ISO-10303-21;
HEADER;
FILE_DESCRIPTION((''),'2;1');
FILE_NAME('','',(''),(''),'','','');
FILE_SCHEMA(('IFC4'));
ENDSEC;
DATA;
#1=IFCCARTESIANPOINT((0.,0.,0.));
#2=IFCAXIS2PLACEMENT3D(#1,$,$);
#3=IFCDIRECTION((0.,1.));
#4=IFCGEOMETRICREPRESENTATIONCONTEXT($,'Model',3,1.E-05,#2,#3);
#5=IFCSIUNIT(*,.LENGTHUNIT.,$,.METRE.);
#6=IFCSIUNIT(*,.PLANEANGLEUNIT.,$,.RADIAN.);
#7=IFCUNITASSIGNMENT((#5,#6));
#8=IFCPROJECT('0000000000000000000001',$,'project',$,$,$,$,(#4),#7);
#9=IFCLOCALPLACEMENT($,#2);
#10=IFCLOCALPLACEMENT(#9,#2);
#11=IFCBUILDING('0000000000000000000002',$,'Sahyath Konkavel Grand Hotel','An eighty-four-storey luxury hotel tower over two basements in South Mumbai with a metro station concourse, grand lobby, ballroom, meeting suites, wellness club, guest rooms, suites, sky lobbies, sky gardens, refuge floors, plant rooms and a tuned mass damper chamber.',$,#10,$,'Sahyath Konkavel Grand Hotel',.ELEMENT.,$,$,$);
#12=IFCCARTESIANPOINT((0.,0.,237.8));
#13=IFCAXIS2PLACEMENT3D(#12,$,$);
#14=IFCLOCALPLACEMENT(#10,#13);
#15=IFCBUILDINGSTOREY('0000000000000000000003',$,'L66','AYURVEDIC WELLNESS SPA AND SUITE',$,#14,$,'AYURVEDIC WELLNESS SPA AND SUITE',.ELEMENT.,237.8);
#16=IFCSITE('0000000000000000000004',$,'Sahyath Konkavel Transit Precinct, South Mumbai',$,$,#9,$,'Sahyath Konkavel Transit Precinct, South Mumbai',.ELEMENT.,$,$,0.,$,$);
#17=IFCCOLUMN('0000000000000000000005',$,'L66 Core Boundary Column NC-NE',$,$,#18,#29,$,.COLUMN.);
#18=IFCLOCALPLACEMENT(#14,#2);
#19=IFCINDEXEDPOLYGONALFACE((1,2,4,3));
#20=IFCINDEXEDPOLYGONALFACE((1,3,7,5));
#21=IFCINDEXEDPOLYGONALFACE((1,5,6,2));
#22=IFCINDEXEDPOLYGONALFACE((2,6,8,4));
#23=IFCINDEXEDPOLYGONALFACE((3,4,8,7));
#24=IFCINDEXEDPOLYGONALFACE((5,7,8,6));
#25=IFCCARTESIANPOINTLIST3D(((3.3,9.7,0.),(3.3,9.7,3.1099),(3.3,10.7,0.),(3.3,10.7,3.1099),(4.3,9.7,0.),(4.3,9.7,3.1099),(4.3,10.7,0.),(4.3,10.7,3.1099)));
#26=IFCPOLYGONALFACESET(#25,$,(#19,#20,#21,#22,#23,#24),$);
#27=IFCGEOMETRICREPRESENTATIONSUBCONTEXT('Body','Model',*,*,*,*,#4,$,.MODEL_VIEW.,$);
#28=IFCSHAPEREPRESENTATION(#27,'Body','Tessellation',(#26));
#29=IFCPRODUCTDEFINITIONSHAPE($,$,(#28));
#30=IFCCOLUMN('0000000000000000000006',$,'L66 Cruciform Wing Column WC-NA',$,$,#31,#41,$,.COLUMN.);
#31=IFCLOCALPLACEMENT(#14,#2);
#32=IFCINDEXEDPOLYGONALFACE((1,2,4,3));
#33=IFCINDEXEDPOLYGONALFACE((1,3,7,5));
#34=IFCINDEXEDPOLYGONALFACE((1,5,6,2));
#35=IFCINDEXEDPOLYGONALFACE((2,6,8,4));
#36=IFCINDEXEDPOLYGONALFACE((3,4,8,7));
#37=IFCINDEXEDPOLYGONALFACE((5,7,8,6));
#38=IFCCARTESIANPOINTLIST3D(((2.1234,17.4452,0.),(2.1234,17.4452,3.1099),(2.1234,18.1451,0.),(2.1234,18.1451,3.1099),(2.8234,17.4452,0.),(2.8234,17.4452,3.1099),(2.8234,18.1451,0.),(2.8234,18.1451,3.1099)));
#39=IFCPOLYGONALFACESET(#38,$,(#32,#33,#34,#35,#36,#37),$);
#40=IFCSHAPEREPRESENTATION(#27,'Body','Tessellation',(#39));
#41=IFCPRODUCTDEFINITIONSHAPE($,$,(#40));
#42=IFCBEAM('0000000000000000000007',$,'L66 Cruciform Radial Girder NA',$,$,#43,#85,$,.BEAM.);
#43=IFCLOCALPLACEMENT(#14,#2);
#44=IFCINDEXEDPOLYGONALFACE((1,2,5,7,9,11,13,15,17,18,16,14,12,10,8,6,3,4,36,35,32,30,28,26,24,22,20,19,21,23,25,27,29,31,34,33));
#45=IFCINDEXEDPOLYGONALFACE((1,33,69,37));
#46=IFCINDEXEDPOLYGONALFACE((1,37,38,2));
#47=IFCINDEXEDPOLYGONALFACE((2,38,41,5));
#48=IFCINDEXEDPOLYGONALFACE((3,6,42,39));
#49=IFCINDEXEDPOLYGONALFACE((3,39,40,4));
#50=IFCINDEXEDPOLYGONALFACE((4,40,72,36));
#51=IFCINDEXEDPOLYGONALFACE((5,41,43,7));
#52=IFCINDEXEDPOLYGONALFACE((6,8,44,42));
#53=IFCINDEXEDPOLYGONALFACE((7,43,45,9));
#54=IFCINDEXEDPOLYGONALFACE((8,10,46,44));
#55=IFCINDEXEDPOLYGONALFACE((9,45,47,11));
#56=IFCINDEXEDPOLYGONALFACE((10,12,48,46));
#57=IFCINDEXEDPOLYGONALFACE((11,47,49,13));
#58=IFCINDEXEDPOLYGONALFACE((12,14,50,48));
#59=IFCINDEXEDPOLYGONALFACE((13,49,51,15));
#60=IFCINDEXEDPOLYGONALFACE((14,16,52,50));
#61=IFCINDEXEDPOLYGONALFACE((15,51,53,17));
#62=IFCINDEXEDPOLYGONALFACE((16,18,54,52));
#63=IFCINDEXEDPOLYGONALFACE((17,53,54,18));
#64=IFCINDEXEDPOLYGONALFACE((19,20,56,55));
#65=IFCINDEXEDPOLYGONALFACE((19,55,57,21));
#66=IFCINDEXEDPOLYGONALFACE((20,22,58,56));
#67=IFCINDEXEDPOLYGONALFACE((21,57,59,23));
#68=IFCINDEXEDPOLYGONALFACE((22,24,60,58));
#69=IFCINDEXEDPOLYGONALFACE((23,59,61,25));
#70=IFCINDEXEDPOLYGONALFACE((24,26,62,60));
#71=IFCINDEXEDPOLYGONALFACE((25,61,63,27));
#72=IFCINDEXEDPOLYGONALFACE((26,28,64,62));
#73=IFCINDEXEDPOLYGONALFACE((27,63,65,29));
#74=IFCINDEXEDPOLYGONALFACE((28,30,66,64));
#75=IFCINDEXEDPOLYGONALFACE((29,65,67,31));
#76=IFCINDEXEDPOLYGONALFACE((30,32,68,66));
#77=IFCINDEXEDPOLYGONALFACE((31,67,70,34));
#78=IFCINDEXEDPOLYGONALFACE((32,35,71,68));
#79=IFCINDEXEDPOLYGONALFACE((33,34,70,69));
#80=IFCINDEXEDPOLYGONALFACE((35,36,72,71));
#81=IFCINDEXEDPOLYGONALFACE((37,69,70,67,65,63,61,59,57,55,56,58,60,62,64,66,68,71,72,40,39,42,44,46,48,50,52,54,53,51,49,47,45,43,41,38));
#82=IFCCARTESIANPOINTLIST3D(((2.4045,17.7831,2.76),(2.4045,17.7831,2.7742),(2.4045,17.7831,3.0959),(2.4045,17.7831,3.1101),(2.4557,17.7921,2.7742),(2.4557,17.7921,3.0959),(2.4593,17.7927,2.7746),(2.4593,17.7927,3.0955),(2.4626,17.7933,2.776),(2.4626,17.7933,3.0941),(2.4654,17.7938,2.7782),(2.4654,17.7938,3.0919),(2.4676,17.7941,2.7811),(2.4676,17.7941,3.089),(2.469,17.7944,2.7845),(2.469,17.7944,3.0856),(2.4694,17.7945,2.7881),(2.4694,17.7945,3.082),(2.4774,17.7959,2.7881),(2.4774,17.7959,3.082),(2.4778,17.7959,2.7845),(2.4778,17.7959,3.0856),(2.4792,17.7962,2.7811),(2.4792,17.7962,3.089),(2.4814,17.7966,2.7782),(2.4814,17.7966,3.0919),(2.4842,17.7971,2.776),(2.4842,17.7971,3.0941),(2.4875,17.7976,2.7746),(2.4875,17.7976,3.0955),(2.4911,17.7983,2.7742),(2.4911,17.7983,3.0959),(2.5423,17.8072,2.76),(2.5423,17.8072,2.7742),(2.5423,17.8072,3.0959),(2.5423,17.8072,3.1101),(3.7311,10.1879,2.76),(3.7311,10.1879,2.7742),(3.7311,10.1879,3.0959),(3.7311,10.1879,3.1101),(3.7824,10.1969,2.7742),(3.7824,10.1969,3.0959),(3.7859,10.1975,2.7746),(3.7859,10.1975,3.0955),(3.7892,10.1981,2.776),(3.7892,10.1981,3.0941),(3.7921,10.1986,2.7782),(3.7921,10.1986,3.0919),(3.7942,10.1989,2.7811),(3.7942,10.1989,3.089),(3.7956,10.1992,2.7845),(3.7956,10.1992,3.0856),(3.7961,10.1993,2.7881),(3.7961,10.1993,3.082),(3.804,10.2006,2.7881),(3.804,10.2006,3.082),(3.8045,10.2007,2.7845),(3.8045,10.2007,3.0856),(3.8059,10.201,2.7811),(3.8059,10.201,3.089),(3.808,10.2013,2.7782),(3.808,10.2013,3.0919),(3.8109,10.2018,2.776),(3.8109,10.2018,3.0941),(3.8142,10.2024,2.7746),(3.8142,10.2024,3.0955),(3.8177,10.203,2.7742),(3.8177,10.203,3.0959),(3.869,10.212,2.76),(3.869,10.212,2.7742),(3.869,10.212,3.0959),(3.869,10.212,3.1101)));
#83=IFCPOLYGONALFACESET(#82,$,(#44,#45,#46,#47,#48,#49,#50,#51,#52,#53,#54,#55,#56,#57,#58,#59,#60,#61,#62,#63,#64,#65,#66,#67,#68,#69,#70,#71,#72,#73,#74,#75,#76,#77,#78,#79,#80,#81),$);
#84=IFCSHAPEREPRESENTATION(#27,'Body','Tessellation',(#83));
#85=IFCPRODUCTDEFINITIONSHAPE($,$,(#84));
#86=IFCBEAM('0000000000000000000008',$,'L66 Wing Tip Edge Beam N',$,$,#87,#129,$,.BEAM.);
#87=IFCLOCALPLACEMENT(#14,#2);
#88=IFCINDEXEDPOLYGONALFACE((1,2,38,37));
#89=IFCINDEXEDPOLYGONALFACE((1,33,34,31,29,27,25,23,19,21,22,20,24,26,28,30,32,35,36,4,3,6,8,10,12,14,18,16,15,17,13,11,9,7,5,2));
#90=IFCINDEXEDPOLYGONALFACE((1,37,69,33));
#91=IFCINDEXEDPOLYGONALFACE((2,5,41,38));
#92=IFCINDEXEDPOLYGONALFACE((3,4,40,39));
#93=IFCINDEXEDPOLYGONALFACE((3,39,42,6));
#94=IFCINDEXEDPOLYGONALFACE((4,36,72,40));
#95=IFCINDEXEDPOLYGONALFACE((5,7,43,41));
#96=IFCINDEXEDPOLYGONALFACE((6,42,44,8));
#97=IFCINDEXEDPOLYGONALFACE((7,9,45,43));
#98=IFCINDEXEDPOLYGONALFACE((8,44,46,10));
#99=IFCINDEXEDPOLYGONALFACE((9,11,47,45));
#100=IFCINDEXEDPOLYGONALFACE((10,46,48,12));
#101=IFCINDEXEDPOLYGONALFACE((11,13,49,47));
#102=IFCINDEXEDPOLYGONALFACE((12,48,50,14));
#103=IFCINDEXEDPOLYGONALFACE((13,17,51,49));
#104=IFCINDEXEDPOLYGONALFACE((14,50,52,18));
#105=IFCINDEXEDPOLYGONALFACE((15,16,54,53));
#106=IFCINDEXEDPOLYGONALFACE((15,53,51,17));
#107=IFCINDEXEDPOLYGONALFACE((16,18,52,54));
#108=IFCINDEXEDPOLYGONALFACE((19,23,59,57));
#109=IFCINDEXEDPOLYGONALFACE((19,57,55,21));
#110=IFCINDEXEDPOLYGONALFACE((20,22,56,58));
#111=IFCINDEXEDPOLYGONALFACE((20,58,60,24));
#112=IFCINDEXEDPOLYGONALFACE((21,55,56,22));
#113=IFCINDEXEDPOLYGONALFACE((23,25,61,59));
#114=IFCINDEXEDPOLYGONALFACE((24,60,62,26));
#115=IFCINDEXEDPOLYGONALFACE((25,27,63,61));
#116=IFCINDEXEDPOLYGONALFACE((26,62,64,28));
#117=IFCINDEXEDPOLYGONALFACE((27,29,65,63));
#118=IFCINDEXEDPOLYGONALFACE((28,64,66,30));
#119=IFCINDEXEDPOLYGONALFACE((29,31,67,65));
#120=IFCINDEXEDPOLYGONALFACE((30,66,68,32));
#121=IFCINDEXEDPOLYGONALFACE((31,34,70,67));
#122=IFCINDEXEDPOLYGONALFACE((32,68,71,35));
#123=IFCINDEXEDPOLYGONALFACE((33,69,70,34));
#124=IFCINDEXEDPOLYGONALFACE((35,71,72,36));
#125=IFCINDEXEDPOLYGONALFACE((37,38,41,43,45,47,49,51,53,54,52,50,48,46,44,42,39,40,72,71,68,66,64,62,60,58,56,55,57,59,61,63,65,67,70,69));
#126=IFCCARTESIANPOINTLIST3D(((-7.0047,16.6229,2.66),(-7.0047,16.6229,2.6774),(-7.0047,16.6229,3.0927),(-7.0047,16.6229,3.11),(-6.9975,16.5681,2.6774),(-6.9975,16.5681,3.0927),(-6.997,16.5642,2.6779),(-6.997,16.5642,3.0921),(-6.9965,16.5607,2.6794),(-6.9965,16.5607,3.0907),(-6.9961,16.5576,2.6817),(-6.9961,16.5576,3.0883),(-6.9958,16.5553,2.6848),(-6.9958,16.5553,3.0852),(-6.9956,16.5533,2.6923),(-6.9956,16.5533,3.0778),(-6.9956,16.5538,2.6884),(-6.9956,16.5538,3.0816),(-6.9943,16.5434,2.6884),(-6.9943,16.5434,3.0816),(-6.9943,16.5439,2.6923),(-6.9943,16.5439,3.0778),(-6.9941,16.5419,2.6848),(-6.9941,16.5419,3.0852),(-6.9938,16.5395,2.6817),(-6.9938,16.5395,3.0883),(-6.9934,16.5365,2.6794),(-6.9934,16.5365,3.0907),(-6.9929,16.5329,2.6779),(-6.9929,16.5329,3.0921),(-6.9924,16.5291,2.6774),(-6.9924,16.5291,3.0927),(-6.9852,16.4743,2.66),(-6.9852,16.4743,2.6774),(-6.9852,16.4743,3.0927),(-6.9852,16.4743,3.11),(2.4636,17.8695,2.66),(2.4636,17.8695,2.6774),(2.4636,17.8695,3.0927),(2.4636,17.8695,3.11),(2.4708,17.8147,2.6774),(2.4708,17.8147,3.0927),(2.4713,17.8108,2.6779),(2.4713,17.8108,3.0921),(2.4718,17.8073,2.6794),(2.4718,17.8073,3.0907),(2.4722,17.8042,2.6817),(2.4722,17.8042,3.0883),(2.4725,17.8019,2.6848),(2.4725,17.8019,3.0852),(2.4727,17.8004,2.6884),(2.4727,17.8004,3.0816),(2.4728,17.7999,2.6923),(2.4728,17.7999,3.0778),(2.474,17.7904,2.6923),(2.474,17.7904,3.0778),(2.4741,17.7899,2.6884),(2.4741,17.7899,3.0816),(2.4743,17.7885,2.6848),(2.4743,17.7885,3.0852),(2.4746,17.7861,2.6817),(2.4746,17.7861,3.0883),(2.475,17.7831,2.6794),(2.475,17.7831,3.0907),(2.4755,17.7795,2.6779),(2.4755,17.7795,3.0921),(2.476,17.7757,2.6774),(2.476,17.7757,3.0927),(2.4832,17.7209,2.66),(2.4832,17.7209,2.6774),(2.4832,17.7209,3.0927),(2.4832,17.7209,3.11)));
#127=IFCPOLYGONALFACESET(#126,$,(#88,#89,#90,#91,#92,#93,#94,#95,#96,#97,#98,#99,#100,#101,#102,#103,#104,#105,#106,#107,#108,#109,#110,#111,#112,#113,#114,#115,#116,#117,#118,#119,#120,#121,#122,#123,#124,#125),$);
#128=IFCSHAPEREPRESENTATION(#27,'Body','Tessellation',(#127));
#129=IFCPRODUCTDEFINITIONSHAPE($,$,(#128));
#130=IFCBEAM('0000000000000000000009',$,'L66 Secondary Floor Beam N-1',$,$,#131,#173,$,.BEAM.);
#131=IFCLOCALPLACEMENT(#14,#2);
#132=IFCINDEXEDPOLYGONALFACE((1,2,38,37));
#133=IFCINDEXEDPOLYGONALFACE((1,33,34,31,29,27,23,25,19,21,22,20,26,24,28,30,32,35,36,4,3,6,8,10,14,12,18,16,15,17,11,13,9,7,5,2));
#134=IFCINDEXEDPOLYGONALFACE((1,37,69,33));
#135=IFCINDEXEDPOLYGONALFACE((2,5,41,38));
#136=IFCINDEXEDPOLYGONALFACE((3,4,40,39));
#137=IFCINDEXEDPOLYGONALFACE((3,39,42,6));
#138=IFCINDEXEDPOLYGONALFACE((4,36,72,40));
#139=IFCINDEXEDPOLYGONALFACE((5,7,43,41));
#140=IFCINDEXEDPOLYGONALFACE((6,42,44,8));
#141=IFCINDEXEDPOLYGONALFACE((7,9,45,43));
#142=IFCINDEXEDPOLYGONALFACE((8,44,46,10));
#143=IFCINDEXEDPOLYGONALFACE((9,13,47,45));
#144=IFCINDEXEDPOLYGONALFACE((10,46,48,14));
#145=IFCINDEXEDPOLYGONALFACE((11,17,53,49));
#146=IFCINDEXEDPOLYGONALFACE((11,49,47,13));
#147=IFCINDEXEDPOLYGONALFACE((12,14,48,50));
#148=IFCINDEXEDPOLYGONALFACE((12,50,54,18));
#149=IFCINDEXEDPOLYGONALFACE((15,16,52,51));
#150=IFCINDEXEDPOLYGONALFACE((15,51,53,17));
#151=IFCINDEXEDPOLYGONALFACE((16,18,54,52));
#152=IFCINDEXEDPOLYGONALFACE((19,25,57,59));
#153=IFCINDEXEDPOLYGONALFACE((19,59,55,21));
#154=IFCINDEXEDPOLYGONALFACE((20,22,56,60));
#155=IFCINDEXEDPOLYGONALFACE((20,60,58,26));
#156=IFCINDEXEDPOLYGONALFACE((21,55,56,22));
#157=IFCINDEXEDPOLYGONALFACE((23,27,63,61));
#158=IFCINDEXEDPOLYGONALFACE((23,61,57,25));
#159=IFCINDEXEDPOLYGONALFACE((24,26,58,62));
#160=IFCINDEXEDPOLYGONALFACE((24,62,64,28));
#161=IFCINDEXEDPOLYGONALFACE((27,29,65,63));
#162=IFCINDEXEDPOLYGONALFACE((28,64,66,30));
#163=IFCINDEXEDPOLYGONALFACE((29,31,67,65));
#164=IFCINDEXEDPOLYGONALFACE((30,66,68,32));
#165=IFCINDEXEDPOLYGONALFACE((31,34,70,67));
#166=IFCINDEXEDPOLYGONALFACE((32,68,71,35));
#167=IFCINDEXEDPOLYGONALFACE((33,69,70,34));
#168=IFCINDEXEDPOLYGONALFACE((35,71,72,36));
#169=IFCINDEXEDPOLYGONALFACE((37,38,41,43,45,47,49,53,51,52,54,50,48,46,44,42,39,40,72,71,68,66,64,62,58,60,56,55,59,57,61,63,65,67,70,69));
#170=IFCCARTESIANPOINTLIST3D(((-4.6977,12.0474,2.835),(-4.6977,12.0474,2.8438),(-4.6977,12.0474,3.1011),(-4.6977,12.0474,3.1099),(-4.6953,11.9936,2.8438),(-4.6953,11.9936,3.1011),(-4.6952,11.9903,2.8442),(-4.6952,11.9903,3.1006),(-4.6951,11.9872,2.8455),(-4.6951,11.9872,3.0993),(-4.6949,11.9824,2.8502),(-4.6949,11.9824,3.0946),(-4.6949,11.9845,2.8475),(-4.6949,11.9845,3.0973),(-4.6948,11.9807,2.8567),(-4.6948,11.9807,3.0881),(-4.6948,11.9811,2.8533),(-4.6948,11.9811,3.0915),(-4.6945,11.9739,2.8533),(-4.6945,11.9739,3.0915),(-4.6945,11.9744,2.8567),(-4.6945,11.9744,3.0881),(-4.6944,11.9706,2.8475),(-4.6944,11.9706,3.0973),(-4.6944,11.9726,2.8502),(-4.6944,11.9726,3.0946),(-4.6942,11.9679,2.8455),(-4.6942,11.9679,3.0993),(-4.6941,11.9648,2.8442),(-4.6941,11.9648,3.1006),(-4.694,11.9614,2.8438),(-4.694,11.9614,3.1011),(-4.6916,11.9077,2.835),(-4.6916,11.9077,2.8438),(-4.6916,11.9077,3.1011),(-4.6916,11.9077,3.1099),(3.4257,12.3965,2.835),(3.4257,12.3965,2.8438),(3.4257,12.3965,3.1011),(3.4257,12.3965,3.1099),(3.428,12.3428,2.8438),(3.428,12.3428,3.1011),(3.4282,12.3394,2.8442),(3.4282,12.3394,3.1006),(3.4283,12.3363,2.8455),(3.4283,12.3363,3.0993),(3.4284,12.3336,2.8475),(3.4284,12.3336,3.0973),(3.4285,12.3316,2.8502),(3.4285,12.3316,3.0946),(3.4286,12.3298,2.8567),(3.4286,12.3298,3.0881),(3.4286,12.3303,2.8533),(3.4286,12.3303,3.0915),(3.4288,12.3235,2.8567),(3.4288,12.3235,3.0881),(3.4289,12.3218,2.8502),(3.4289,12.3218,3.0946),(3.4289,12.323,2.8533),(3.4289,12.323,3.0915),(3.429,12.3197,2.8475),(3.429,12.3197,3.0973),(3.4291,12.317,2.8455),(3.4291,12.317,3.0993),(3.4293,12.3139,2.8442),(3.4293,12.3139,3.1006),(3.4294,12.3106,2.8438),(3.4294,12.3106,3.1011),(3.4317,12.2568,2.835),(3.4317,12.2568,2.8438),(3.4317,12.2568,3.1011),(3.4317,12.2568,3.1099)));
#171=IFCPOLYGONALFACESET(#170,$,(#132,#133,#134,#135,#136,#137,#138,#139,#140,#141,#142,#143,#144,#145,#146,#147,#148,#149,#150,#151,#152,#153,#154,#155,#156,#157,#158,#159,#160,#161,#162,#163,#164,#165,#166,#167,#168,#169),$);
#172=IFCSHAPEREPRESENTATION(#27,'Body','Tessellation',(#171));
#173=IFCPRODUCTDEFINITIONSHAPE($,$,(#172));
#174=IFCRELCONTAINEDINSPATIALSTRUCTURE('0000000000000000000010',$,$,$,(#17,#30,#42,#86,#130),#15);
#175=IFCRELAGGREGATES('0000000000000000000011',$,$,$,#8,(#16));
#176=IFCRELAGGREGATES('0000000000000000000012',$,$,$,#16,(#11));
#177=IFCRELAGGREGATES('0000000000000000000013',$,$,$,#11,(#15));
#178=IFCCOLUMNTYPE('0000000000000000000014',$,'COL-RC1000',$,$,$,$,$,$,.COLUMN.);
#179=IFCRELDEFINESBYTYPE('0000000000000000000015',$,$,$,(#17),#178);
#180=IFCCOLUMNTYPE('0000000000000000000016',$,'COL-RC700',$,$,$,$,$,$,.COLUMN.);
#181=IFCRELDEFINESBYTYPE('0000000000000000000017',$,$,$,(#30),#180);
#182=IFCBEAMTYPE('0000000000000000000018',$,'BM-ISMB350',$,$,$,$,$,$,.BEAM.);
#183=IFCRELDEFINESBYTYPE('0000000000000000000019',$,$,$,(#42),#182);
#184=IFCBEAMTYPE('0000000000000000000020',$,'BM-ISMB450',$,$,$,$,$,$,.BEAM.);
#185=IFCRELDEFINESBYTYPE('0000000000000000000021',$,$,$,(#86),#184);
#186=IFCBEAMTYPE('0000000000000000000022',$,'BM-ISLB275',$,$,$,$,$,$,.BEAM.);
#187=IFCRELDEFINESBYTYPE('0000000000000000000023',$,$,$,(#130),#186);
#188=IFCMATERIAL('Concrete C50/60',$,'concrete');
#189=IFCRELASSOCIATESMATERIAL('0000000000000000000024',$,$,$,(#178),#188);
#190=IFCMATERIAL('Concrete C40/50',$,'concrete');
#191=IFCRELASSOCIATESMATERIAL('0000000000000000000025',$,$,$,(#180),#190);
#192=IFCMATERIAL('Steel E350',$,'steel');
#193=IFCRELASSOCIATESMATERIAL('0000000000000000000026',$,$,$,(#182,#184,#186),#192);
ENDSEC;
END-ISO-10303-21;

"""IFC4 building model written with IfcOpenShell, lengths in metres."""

from ifc_helpers import new_model, si_unit, direction, frame, origin, origin_2d, place, context, subcontext, project, spatial, rectangle, i_section, extrude, source, transform, mapped, material, material_profile, profile_set, type_object, element, save


model = new_model("IFC4")

# Units and contexts
model_context = context("Model", 3, precision=1e-05, world=origin(), true_north=direction((0.0, 1.0)))
body_context = subcontext(model_context, "Body", "Model", "MODEL_VIEW")
ifc_project = project(units=[si_unit("LENGTHUNIT", "METRE"), si_unit("PLANEANGLEUNIT", "RADIAN")], contexts=[model_context])

# Site, building, storey
site_placement = place(None, origin())
site = spatial("IfcSite", under=ifc_project, at=site_placement, Name="Sahyath Konkavel Transit Precinct, South Mumbai", LongName="Sahyath Konkavel Transit Precinct, South Mumbai", CompositionType="ELEMENT", RefElevation=0.0)
building_placement = place(site_placement, origin())
building = spatial("IfcBuilding", under=site, at=building_placement, Name="Sahyath Konkavel Grand Hotel", Description="An eighty-four-storey luxury hotel tower over two basements in South Mumbai with a metro station concourse, grand lobby, ballroom, meeting suites, wellness club, guest rooms, suites, sky lobbies, sky gardens, refuge floors, plant rooms and a tuned mass damper chamber.", LongName="Sahyath Konkavel Grand Hotel", CompositionType="ELEMENT")
storey_placement = place(building_placement, frame((0.0, 0.0, 237.8)))
storey = spatial("IfcBuildingStorey", under=building, at=storey_placement, Name="L66", Description="AYURVEDIC WELLNESS SPA AND SUITE", LongName="AYURVEDIC WELLNESS SPA AND SUITE", CompositionType="ELEMENT", Elevation=237.8)

# Columns
ifc_material_1 = material(Name="Concrete C50/60", Category="concrete")
ifc_material_profile_1 = material_profile(ifc_material_1, rectangle(XDim=1.0, YDim=1.0, at=origin_2d()), Name="RC 1000x1000")
ifc_profile_set_1 = profile_set([ifc_material_profile_1], Name="Concrete C50/60")
column_type_1 = type_object("IfcColumnType", Name="COL-RC1000", PredefinedType="COLUMN", material=ifc_profile_set_1)
shared_shape_1 = source(origin(), body_context, "Body", "SweptSolid", [
    extrude(rectangle(XDim=1.0, YDim=1.0, at=origin_2d()), origin(), (0.0, 0.0, 1.0), 3.1099),
])
column_1_placement = place(storey_placement, frame((3.8, 10.2, 0.0), z_axis=(0.0, 0.0, 1.0), x_axis=(1.0, 0.0, 0.0)))
element("IfcColumn", 1, at=column_1_placement, inside=storey, type_object=column_type_1, Name="L66 Core Boundary Column NC-NE", PredefinedType="COLUMN", context=body_context, shape_type="MappedRepresentation", body=[
    mapped(shared_shape_1, transform((0.0, 0.0, 0.0), scale=1.0)),
])
ifc_material_2 = material(Name="Concrete C40/50", Category="concrete")
ifc_material_profile_2 = material_profile(ifc_material_2, rectangle(XDim=0.7, YDim=0.7, at=origin_2d()), Name="RC 700x700")
ifc_profile_set_2 = profile_set([ifc_material_profile_2], Name="Concrete C40/50")
column_type_2 = type_object("IfcColumnType", Name="COL-RC700", PredefinedType="COLUMN", material=ifc_profile_set_2)
shared_shape_2 = source(origin(), body_context, "Body", "SweptSolid", [
    extrude(rectangle(XDim=0.7, YDim=0.7, at=origin_2d()), origin(), (0.0, 0.0, 1.0), 3.1099),
])
column_2_placement = place(storey_placement, frame((2.4734, 17.7952, 0.0), z_axis=(0.0, 0.0, 1.0), x_axis=(1.0, 0.0, 0.0)))
element("IfcColumn", 2, at=column_2_placement, inside=storey, type_object=column_type_2, Name="L66 Cruciform Wing Column WC-NA", PredefinedType="COLUMN", context=body_context, shape_type="MappedRepresentation", body=[
    mapped(shared_shape_2, transform((0.0, 0.0, 0.0), scale=1.0)),
])

# Beams
ifc_material_3 = material(Name="Steel E350", Category="steel")
ifc_material_profile_3 = material_profile(ifc_material_3, i_section(OverallWidth=0.1399, OverallDepth=0.3501, WebThickness=0.0081, FlangeThickness=0.0142, FilletRadius=0.0139, at=origin_2d()), Name="ISMB 350")
ifc_profile_set_3 = profile_set([ifc_material_profile_3], Name="Steel E350")
beam_type_1 = type_object("IfcBeamType", Name="BM-ISMB350", PredefinedType="BEAM", material=ifc_profile_set_3)
shared_shape_3 = source(origin(), body_context, "Body", "SweptSolid", [
    extrude(i_section(OverallWidth=0.1399, OverallDepth=0.3501, WebThickness=0.0081, FlangeThickness=0.0142, FilletRadius=0.0139, at=origin_2d()), origin(), (0.0, 0.0, 1.0), 7.7102),
])
beam_1_placement = place(storey_placement, frame((3.8, 10.2, 2.9351), z_axis=(-0.172065, 0.985086, 0.0), x_axis=(-0.985086, -0.172065, 0.0)))
element("IfcBeam", 3, at=beam_1_placement, inside=storey, type_object=beam_type_1, Name="L66 Cruciform Radial Girder NA", PredefinedType="BEAM", context=body_context, shape_type="MappedRepresentation", body=[
    mapped(shared_shape_3, transform((0.0, 0.0, 0.0), scale=1.0)),
])
ifc_material_profile_4 = material_profile(ifc_material_3, i_section(OverallWidth=0.1499, OverallDepth=0.45, WebThickness=0.0095, FlangeThickness=0.0173, FilletRadius=0.0149, at=origin_2d()), Name="ISMB 450")
ifc_profile_set_4 = profile_set([ifc_material_profile_4], Name="Steel E350")
beam_type_2 = type_object("IfcBeamType", Name="BM-ISMB450", PredefinedType="BEAM", material=ifc_profile_set_4)
shared_shape_4 = source(origin(), body_context, "Body", "SweptSolid", [
    extrude(i_section(OverallWidth=0.1499, OverallDepth=0.45, WebThickness=0.0095, FlangeThickness=0.0173, FilletRadius=0.0149, at=origin_2d()), origin(), (0.0, 0.0, 1.0), 9.55),
])
beam_2_placement = place(storey_placement, frame((2.4734, 17.7952, 2.885), z_axis=(-0.991444, -0.130533, 0.0), x_axis=(0.130533, -0.991444, 0.0)))
element("IfcBeam", 4, at=beam_2_placement, inside=storey, type_object=beam_type_2, Name="L66 Wing Tip Edge Beam N", PredefinedType="BEAM", context=body_context, shape_type="MappedRepresentation", body=[
    mapped(shared_shape_4, transform((0.0, 0.0, 0.0), scale=1.0)),
])
ifc_material_profile_5 = material_profile(ifc_material_3, i_section(OverallWidth=0.1399, OverallDepth=0.2749, WebThickness=0.0063, FlangeThickness=0.0088, FilletRadius=0.0129, at=origin_2d()), Name="ISLB 275")
ifc_profile_set_5 = profile_set([ifc_material_profile_5], Name="Steel E350")
beam_type_3 = type_object("IfcBeamType", Name="BM-ISLB275", PredefinedType="BEAM", material=ifc_profile_set_5)
shared_shape_5 = source(origin(), body_context, "Body", "SweptSolid", [
    extrude(i_section(OverallWidth=0.1399, OverallDepth=0.2749, WebThickness=0.0063, FlangeThickness=0.0088, FilletRadius=0.0129, at=origin_2d()), origin(), (0.0, 0.0, 1.0), 8.1309),
])
beam_3_placement = place(storey_placement, frame((3.4287, 12.3267, 2.9724), z_axis=(-0.999078, -0.042938, 0.0), x_axis=(0.042938, -0.999078, 0.0)))
element("IfcBeam", 5, at=beam_3_placement, inside=storey, type_object=beam_type_3, Name="L66 Secondary Floor Beam N-1", PredefinedType="BEAM", context=body_context, shape_type="MappedRepresentation", body=[
    mapped(shared_shape_5, transform((0.0, 0.0, 0.0), scale=1.0)),
])

save(model, "model.ifc")
